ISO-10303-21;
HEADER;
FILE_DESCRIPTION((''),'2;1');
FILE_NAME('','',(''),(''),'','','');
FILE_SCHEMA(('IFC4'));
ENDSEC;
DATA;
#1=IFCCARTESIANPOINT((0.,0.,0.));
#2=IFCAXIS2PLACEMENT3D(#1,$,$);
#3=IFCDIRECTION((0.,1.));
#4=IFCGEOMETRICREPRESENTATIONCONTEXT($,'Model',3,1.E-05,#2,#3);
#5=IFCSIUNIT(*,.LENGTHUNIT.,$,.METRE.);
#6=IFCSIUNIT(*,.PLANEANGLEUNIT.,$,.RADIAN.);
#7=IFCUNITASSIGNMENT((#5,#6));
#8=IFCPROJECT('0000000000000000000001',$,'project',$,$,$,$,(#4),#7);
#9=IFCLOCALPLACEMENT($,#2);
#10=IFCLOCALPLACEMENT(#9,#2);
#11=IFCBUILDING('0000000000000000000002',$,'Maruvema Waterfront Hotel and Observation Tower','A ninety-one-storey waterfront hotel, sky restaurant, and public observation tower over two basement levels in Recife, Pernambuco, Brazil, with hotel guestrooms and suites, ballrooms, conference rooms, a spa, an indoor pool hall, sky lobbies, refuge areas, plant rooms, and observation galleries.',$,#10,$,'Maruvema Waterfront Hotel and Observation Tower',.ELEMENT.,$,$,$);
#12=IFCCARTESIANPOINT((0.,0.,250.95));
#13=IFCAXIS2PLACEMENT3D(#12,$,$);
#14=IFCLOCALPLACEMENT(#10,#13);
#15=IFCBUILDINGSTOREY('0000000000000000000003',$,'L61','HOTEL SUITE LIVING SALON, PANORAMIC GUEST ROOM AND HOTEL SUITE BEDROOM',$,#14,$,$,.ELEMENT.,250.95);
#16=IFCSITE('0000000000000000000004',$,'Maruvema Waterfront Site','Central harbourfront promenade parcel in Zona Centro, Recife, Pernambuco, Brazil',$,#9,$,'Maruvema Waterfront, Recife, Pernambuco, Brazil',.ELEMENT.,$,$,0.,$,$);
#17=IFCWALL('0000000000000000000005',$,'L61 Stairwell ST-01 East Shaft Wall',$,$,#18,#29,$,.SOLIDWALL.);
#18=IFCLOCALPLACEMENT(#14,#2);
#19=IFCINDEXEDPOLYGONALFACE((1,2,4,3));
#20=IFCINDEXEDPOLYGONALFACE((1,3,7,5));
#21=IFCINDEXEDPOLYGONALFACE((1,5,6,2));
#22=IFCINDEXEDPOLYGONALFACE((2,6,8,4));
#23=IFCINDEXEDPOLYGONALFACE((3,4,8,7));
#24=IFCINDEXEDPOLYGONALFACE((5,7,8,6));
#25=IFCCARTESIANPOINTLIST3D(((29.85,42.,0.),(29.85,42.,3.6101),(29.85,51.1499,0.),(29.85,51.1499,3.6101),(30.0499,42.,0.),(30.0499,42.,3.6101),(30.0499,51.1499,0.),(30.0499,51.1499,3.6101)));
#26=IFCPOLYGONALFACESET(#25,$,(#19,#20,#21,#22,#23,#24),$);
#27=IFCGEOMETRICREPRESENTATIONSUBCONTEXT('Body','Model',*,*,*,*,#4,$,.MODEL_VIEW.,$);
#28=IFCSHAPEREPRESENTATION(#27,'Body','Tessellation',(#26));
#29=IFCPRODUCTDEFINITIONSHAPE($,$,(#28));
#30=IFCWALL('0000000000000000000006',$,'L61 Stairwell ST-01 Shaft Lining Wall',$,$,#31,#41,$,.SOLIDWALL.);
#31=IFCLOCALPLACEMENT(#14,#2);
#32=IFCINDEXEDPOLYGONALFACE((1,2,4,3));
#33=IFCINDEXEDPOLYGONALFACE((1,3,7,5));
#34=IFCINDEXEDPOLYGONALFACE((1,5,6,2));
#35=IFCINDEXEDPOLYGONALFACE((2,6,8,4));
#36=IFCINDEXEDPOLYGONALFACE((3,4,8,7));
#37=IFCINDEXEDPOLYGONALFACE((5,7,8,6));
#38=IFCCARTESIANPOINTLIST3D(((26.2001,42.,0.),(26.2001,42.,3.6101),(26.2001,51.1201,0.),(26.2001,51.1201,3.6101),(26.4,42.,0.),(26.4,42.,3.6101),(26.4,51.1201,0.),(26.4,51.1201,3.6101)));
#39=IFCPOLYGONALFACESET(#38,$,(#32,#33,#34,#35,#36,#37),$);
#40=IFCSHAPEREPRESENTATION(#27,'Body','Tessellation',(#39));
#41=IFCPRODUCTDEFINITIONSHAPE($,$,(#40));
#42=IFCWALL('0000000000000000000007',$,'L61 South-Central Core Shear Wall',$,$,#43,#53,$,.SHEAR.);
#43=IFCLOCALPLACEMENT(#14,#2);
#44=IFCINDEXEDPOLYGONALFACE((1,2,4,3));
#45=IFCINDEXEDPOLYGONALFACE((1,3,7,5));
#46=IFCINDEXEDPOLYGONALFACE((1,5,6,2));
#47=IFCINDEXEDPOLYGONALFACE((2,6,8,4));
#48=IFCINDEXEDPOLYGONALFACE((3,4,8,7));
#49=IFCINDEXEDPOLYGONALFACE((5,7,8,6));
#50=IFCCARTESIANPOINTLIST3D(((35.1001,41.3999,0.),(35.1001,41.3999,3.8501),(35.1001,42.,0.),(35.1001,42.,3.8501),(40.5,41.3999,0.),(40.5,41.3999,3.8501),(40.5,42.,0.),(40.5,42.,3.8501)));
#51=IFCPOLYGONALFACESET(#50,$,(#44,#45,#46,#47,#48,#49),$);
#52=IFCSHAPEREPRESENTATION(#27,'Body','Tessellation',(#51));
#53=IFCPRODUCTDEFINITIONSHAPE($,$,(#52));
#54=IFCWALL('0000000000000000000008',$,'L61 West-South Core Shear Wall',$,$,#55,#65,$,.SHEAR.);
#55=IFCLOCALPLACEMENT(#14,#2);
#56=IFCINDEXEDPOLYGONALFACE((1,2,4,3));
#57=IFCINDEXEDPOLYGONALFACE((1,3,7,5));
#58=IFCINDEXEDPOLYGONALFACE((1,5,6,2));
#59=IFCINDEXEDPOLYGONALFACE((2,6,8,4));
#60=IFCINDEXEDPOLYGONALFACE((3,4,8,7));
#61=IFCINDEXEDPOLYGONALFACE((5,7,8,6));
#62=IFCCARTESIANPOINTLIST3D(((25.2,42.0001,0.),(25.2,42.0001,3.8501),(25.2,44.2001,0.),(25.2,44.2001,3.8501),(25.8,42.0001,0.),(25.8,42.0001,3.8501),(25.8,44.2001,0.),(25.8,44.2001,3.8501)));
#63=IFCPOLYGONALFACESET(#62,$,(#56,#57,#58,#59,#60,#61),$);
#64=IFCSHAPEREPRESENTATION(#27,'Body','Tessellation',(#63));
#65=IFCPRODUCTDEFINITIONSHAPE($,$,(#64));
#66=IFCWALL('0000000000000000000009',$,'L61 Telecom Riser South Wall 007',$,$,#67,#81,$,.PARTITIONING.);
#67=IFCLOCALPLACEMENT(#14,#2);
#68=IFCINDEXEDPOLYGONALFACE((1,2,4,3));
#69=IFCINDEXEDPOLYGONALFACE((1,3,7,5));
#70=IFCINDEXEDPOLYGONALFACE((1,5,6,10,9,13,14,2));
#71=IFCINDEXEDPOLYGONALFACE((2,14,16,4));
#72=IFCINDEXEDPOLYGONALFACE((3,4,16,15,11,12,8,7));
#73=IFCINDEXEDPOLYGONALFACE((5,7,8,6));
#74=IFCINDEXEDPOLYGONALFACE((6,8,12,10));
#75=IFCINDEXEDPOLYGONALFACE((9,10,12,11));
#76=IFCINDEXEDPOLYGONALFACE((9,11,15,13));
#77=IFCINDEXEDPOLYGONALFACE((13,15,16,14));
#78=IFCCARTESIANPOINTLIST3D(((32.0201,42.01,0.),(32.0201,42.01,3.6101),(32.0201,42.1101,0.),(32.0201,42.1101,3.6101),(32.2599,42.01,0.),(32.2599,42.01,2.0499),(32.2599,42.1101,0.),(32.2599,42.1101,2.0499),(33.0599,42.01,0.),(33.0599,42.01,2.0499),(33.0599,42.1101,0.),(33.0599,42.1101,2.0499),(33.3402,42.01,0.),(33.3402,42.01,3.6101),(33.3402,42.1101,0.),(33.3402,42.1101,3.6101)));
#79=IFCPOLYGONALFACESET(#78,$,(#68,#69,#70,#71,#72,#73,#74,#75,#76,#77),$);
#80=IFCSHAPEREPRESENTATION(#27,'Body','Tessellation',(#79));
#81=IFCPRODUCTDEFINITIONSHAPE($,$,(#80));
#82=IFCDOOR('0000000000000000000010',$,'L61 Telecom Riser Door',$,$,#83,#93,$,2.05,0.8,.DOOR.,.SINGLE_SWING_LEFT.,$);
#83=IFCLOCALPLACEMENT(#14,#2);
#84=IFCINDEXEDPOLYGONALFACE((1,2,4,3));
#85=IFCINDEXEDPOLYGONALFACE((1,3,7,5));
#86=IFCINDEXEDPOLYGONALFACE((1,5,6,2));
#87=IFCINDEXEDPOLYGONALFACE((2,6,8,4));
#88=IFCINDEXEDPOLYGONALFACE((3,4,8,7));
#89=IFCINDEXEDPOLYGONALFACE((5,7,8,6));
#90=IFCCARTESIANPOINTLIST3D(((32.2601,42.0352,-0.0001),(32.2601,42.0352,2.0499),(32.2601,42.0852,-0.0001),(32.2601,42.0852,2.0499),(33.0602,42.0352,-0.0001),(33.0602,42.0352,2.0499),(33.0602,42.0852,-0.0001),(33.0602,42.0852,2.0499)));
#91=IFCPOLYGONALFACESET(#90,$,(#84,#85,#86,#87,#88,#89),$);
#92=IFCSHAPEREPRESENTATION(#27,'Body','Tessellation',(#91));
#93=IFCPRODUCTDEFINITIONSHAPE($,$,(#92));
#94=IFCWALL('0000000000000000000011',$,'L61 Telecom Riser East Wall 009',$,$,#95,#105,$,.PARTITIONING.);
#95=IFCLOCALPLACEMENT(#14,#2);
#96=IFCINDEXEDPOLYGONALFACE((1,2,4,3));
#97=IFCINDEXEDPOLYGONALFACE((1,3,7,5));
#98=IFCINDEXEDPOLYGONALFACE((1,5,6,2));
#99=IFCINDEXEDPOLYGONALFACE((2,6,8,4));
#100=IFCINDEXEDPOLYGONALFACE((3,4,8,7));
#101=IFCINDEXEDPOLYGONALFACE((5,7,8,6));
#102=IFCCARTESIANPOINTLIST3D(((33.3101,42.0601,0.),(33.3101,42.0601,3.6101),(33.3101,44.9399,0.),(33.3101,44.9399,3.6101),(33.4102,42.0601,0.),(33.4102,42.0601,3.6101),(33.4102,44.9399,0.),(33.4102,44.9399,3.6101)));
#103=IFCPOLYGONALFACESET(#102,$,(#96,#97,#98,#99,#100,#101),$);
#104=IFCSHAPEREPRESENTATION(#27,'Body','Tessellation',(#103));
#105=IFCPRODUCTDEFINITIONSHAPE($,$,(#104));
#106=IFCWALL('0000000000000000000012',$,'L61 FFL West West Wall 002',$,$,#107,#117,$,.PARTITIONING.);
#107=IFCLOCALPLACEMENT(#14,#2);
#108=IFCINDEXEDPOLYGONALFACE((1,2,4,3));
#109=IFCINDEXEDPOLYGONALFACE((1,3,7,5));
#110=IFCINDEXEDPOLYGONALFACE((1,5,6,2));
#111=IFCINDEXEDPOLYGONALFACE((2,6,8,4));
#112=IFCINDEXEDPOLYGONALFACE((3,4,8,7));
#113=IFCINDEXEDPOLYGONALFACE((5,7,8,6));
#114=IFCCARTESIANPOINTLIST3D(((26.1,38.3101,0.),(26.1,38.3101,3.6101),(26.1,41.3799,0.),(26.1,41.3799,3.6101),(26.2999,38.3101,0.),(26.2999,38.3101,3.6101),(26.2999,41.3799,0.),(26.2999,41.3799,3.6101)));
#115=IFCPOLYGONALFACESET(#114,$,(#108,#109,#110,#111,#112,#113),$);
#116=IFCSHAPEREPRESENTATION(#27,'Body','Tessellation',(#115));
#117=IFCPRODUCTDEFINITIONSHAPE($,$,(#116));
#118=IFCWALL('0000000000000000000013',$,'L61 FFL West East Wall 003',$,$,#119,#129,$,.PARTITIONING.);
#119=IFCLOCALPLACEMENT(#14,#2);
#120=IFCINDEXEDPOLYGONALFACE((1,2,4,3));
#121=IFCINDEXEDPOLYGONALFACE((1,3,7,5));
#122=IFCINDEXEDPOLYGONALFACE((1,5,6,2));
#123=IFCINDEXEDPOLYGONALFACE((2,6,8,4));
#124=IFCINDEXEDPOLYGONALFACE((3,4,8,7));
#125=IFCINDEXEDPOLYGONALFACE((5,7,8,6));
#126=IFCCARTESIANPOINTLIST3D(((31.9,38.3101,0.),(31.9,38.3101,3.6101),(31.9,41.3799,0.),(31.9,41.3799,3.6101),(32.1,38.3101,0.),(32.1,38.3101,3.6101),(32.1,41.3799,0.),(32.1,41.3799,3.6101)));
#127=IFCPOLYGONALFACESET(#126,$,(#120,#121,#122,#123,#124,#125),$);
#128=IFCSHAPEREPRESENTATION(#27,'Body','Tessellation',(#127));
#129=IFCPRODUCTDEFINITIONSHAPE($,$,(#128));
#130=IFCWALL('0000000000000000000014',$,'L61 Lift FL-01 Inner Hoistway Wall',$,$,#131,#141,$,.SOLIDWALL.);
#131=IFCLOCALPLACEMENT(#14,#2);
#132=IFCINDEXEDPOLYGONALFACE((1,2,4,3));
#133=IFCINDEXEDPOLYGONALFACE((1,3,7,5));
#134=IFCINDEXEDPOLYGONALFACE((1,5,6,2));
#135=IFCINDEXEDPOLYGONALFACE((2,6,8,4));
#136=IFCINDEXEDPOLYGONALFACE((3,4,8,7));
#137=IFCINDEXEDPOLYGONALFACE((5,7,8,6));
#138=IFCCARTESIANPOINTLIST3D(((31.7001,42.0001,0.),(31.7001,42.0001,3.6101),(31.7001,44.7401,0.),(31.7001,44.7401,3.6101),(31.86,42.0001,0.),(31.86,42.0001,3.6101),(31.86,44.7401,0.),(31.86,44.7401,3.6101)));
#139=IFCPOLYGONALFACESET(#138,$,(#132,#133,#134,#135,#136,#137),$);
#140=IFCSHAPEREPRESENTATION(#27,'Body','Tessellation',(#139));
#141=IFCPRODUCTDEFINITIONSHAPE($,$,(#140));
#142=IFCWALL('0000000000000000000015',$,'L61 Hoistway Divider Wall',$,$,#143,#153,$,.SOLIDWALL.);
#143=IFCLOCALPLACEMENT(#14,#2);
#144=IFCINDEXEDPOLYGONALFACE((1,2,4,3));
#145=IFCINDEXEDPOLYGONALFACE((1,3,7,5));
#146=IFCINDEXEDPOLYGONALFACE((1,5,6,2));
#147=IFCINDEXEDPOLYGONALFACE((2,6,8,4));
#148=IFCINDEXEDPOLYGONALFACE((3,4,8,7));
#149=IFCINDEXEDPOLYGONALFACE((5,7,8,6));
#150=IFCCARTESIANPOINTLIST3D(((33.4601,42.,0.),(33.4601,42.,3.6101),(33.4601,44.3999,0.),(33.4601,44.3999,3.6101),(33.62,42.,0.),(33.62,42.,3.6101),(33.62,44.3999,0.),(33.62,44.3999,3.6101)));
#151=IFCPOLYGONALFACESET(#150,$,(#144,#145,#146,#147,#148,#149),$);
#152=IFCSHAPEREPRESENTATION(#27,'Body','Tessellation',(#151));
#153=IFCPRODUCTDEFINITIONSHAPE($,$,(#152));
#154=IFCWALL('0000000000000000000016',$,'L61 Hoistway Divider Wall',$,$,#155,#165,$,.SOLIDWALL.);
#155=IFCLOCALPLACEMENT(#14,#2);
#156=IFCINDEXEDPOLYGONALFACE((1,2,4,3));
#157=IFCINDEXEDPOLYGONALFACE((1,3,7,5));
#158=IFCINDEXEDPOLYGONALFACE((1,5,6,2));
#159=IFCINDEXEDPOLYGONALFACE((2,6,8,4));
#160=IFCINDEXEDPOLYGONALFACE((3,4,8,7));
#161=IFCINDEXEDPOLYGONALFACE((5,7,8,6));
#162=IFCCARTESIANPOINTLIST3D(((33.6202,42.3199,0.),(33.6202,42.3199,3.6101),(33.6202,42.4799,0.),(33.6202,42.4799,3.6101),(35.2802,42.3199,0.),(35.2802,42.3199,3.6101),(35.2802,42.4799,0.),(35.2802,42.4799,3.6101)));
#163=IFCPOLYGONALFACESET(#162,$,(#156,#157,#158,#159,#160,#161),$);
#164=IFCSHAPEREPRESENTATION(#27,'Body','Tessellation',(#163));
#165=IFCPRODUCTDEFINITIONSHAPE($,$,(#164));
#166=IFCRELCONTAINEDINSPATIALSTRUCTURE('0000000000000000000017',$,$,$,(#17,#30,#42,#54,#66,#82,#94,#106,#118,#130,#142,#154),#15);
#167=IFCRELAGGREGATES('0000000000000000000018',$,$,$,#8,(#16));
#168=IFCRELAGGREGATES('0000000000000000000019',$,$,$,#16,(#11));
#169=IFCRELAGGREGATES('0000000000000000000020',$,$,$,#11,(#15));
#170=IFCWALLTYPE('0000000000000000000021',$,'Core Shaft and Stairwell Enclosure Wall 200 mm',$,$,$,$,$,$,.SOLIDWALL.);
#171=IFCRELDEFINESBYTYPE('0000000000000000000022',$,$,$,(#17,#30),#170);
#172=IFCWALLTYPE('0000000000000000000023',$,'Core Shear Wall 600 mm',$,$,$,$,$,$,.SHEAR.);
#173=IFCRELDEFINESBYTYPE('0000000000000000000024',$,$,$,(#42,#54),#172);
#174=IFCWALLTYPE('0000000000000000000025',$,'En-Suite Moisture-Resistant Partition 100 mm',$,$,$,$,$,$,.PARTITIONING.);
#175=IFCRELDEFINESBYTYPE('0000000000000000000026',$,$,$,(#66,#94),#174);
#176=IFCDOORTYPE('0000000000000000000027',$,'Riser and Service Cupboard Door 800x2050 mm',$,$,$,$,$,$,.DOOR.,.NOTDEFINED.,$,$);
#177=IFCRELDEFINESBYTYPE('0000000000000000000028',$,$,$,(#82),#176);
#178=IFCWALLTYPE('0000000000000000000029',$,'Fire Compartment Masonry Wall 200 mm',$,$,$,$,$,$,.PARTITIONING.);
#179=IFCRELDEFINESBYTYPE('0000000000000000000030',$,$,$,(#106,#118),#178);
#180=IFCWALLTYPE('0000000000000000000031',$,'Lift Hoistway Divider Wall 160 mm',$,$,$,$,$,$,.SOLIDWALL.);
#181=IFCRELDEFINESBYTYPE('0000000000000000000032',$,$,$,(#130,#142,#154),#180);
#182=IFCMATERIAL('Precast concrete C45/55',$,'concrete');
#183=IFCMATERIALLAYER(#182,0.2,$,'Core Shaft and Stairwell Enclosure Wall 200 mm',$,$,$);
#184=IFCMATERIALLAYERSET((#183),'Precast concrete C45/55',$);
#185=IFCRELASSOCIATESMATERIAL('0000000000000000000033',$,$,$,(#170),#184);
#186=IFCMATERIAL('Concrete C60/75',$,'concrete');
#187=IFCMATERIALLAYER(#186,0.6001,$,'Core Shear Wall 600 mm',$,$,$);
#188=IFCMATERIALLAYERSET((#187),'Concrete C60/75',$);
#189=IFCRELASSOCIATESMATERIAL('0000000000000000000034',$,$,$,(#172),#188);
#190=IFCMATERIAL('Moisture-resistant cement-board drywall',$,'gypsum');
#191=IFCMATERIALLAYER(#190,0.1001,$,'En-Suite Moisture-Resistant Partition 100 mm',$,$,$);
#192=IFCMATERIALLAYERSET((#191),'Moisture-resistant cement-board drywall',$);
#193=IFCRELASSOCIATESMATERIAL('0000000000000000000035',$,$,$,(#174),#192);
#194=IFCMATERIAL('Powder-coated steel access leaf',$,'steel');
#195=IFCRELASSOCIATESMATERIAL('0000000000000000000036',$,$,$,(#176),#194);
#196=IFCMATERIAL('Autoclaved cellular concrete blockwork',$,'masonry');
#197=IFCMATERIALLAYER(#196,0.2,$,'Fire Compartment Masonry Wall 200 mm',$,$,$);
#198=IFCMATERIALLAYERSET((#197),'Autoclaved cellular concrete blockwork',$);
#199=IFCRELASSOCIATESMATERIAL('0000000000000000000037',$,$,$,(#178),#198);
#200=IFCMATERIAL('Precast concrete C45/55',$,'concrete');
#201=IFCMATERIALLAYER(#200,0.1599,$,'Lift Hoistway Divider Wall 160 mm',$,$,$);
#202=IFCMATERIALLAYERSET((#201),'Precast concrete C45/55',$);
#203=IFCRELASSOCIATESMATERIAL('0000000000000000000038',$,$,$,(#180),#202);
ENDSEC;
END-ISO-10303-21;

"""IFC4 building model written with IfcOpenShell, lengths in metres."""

from ifc_helpers import new_model, si_unit, direction, frame, frame_2d, origin, place, context, subcontext, project, spatial, rectangle, extrude, material, layer, layer_set, type_object, element, fill, save


model = new_model("IFC4")

# Units and contexts
model_context = context("Model", 3, precision=1e-05, world=origin(), true_north=direction((0.0, 1.0)))
body_context = subcontext(model_context, "Body", "Model", "MODEL_VIEW")
ifc_project = project(units=[si_unit("LENGTHUNIT", "METRE"), si_unit("PLANEANGLEUNIT", "RADIAN")], contexts=[model_context])

# Site, building, storey
site_placement = place(None, origin())
site = spatial("IfcSite", under=ifc_project, at=site_placement, Name="Maruvema Waterfront Site", Description="Central harbourfront promenade parcel in Zona Centro, Recife, Pernambuco, Brazil", LongName="Maruvema Waterfront, Recife, Pernambuco, Brazil", CompositionType="ELEMENT", RefElevation=0.0)
building_placement = place(site_placement, origin())
building = spatial("IfcBuilding", under=site, at=building_placement, Name="Maruvema Waterfront Hotel and Observation Tower", Description="A ninety-one-storey waterfront hotel, sky restaurant, and public observation tower over two basement levels in Recife, Pernambuco, Brazil, with hotel guestrooms and suites, ballrooms, conference rooms, a spa, an indoor pool hall, sky lobbies, refuge areas, plant rooms, and observation galleries.", LongName="Maruvema Waterfront Hotel and Observation Tower", CompositionType="ELEMENT")
storey_placement = place(building_placement, frame((0.0, 0.0, 250.95)))
storey = spatial("IfcBuildingStorey", under=building, at=storey_placement, Name="L61", Description="HOTEL SUITE LIVING SALON, PANORAMIC GUEST ROOM AND HOTEL SUITE BEDROOM", CompositionType="ELEMENT", Elevation=250.95)

# Walls
ifc_material_1 = material(Name="Precast concrete C45/55", Category="concrete")
ifc_layer_1 = layer(ifc_material_1, 0.2, Name="Core Shaft and Stairwell Enclosure Wall 200 mm")
ifc_layer_set_1 = layer_set([ifc_layer_1], Name="Precast concrete C45/55")
wall_type_1 = type_object("IfcWallType", Name="Core Shaft and Stairwell Enclosure Wall 200 mm", PredefinedType="SOLIDWALL", material=ifc_layer_set_1)
wall_1_placement = place(storey_placement, frame((29.95, 42.0, 0.0), z_axis=(0.0, 0.0, 1.0), x_axis=(0.0, 1.0, 0.0)))
element("IfcWall", 1, at=wall_1_placement, inside=storey, type_object=wall_type_1, Name="L61 Stairwell ST-01 East Shaft Wall", PredefinedType="SOLIDWALL", context=body_context, shape_type="SweptSolid", body=[
    extrude(rectangle(XDim=9.1499, YDim=0.2, at=frame_2d((4.575, 0.0))), origin(), (0.0, 0.0, 1.0), 3.6101),
])
wall_2_placement = place(storey_placement, frame((26.3, 42.0, 0.0), z_axis=(0.0, 0.0, 1.0), x_axis=(0.0, 1.0, 0.0)))
element("IfcWall", 2, at=wall_2_placement, inside=storey, type_object=wall_type_1, Name="L61 Stairwell ST-01 Shaft Lining Wall", PredefinedType="SOLIDWALL", context=body_context, shape_type="SweptSolid", body=[
    extrude(rectangle(XDim=9.1201, YDim=0.2, at=frame_2d((4.5601, 0.0))), origin(), (0.0, 0.0, 1.0), 3.6101),
])

# Shared definitions
ifc_material_2 = material(Name="Concrete C60/75", Category="concrete")
ifc_layer_2 = layer(ifc_material_2, 0.6001, Name="Core Shear Wall 600 mm")
ifc_layer_set_2 = layer_set([ifc_layer_2], Name="Concrete C60/75")
wall_type_2 = type_object("IfcWallType", Name="Core Shear Wall 600 mm", PredefinedType="SHEAR", material=ifc_layer_set_2)

# Walls
wall_3_placement = place(storey_placement, frame((35.1001, 41.7, 0.0), z_axis=(0.0, 0.0, 1.0), x_axis=(1.0, 0.0, 0.0)))
element("IfcWall", 3, at=wall_3_placement, inside=storey, type_object=wall_type_2, Name="L61 South-Central Core Shear Wall", PredefinedType="SHEAR", context=body_context, shape_type="SweptSolid", body=[
    extrude(rectangle(XDim=5.3999, YDim=0.6001, at=frame_2d((2.7, 0.0))), origin(), (0.0, 0.0, 1.0), 3.8501),
])
wall_4_placement = place(storey_placement, frame((25.5, 42.0, 0.0), z_axis=(0.0, 0.0, 1.0), x_axis=(0.0, 1.0, 0.0)))
element("IfcWall", 4, at=wall_4_placement, inside=storey, type_object=wall_type_2, Name="L61 West-South Core Shear Wall", PredefinedType="SHEAR", context=body_context, shape_type="SweptSolid", body=[
    extrude(rectangle(XDim=2.2, YDim=0.6001, at=frame_2d((1.1001, 0.0))), origin(), (0.0, 0.0, 1.0), 3.8501),
])

# Wall, opening, door
ifc_material_3 = material(Name="Moisture-resistant cement-board drywall", Category="gypsum")
ifc_layer_3 = layer(ifc_material_3, 0.1001, Name="En-Suite Moisture-Resistant Partition 100 mm")
ifc_layer_set_3 = layer_set([ifc_layer_3], Name="Moisture-resistant cement-board drywall")
wall_type_3 = type_object("IfcWallType", Name="En-Suite Moisture-Resistant Partition 100 mm", PredefinedType="PARTITIONING", material=ifc_layer_set_3)
wall_5_placement = place(storey_placement, frame((32.02, 42.0601, 0.0), z_axis=(0.0, 0.0, 1.0), x_axis=(1.0, 0.0, 0.0)))
wall_5 = element("IfcWall", 5, at=wall_5_placement, inside=storey, type_object=wall_type_3, Name="L61 Telecom Riser South Wall 007", PredefinedType="PARTITIONING", context=body_context, shape_type="SweptSolid", body=[
    extrude(rectangle(XDim=1.3201, YDim=0.1001, at=frame_2d((0.6602, 0.0))), origin(), (0.0, 0.0, 1.0), 3.6101),
])
opening_1_placement = place(wall_5_placement, frame((0.24, 0.0, 0.0)))
opening_1 = element("IfcOpeningElement", 6, at=opening_1_placement, cuts=wall_5, PredefinedType="OPENING", context=body_context, shape_type="SweptSolid", body=[
    extrude(rectangle(XDim=0.8, YDim=2.05, at=frame_2d((0.3999, 1.0249))), frame((0.0, 0.0601, 0.0), z_axis=(0.0, -1.0, 0.0), x_axis=(1.0, 0.0, 0.0)), (0.0, 0.0, 1.0), 0.1201),
])
ifc_material_4 = material(Name="Powder-coated steel access leaf", Category="steel")
door_type_1 = type_object("IfcDoorType", Name="Riser and Service Cupboard Door 800x2050 mm", OperationType="NOTDEFINED", PredefinedType="DOOR", material=ifc_material_4)
door_1_placement = place(opening_1_placement, frame((0.8, 0.0, 0.0), z_axis=(0.0, 0.0, 1.0), x_axis=(-1.0, 0.0, 0.0)))
door_1 = element("IfcDoor", 7, at=door_1_placement, inside=storey, type_object=door_type_1, Name="L61 Telecom Riser Door", OperationType="SINGLE_SWING_LEFT", OverallHeight=2.05, OverallWidth=0.8, PredefinedType="DOOR", context=body_context, shape_type="SweptSolid", body=[
    extrude(rectangle(XDim=0.8, YDim=2.05, at=frame_2d((0.3999, 1.0249))), frame((0.0, 0.0249, 0.0), z_axis=(0.0, -1.0, 0.0), x_axis=(1.0, 0.0, 0.0)), (0.0, 0.0, 1.0), 0.05),
])
fill(opening_1, door_1)

# Wall
wall_6_placement = place(storey_placement, frame((33.3601, 42.0601, 0.0), z_axis=(0.0, 0.0, 1.0), x_axis=(0.0, 1.0, 0.0)))
element("IfcWall", 8, at=wall_6_placement, inside=storey, type_object=wall_type_3, Name="L61 Telecom Riser East Wall 009", PredefinedType="PARTITIONING", context=body_context, shape_type="SweptSolid", body=[
    extrude(rectangle(XDim=2.8799, YDim=0.1001, at=frame_2d((1.4399, 0.0))), origin(), (0.0, 0.0, 1.0), 3.6101),
])

# Shared definitions
ifc_material_5 = material(Name="Autoclaved cellular concrete blockwork", Category="masonry")
ifc_layer_4 = layer(ifc_material_5, 0.2, Name="Fire Compartment Masonry Wall 200 mm")
ifc_layer_set_4 = layer_set([ifc_layer_4], Name="Autoclaved cellular concrete blockwork")
wall_type_4 = type_object("IfcWallType", Name="Fire Compartment Masonry Wall 200 mm", PredefinedType="PARTITIONING", material=ifc_layer_set_4)

# Walls
for number, where, z_axis, x_axis, name in (
    (9, (26.2, 38.3101, 0.0), (0.0, 0.0, 1.0), (0.0, 1.0, 0.0), "L61 FFL West West Wall 002"),
    (10, (32.0, 38.3101, 0.0), (0.0, 0.0, 1.0), (0.0, 1.0, 0.0), "L61 FFL West East Wall 003"),
):
    element("IfcWall", number, at=place(storey_placement, frame(where, z_axis=z_axis, x_axis=x_axis)), inside=storey, type_object=wall_type_4, Name=name, PredefinedType="PARTITIONING", context=body_context, shape_type="SweptSolid", body=[
        extrude(rectangle(XDim=3.0698, YDim=0.2, at=frame_2d((1.5349, 0.0))), origin(), (0.0, 0.0, 1.0), 3.6101),
    ])
ifc_material_6 = material(Name="Precast concrete C45/55", Category="concrete")
ifc_layer_5 = layer(ifc_material_6, 0.1599, Name="Lift Hoistway Divider Wall 160 mm")
ifc_layer_set_5 = layer_set([ifc_layer_5], Name="Precast concrete C45/55")
wall_type_5 = type_object("IfcWallType", Name="Lift Hoistway Divider Wall 160 mm", PredefinedType="SOLIDWALL", material=ifc_layer_set_5)
wall_7_placement = place(storey_placement, frame((31.78, 42.0, 0.0), z_axis=(0.0, 0.0, 1.0), x_axis=(0.0, 1.0, 0.0)))
element("IfcWall", 11, at=wall_7_placement, inside=storey, type_object=wall_type_5, Name="L61 Lift FL-01 Inner Hoistway Wall", PredefinedType="SOLIDWALL", context=body_context, shape_type="SweptSolid", body=[
    extrude(rectangle(XDim=2.74, YDim=0.1599, at=frame_2d((1.3701, 0.0))), origin(), (0.0, 0.0, 1.0), 3.6101),
])
wall_8_placement = place(storey_placement, frame((33.54, 42.0, 0.0), z_axis=(0.0, 0.0, 1.0), x_axis=(0.0, 1.0, 0.0)))
element("IfcWall", 12, at=wall_8_placement, inside=storey, type_object=wall_type_5, Name="L61 Hoistway Divider Wall", PredefinedType="SOLIDWALL", context=body_context, shape_type="SweptSolid", body=[
    extrude(rectangle(XDim=2.3999, YDim=0.1599, at=frame_2d((1.2, 0.0))), origin(), (0.0, 0.0, 1.0), 3.6101),
])
wall_9_placement = place(storey_placement, frame((33.6201, 42.3999, 0.0), z_axis=(0.0, 0.0, 1.0), x_axis=(1.0, 0.0, 0.0)))
element("IfcWall", 13, at=wall_9_placement, inside=storey, type_object=wall_type_5, Name="L61 Hoistway Divider Wall", PredefinedType="SOLIDWALL", context=body_context, shape_type="SweptSolid", body=[
    extrude(rectangle(XDim=1.6599, YDim=0.1599, at=frame_2d((0.8301, 0.0))), origin(), (0.0, 0.0, 1.0), 3.6101),
])

save(model, "model.ifc")
